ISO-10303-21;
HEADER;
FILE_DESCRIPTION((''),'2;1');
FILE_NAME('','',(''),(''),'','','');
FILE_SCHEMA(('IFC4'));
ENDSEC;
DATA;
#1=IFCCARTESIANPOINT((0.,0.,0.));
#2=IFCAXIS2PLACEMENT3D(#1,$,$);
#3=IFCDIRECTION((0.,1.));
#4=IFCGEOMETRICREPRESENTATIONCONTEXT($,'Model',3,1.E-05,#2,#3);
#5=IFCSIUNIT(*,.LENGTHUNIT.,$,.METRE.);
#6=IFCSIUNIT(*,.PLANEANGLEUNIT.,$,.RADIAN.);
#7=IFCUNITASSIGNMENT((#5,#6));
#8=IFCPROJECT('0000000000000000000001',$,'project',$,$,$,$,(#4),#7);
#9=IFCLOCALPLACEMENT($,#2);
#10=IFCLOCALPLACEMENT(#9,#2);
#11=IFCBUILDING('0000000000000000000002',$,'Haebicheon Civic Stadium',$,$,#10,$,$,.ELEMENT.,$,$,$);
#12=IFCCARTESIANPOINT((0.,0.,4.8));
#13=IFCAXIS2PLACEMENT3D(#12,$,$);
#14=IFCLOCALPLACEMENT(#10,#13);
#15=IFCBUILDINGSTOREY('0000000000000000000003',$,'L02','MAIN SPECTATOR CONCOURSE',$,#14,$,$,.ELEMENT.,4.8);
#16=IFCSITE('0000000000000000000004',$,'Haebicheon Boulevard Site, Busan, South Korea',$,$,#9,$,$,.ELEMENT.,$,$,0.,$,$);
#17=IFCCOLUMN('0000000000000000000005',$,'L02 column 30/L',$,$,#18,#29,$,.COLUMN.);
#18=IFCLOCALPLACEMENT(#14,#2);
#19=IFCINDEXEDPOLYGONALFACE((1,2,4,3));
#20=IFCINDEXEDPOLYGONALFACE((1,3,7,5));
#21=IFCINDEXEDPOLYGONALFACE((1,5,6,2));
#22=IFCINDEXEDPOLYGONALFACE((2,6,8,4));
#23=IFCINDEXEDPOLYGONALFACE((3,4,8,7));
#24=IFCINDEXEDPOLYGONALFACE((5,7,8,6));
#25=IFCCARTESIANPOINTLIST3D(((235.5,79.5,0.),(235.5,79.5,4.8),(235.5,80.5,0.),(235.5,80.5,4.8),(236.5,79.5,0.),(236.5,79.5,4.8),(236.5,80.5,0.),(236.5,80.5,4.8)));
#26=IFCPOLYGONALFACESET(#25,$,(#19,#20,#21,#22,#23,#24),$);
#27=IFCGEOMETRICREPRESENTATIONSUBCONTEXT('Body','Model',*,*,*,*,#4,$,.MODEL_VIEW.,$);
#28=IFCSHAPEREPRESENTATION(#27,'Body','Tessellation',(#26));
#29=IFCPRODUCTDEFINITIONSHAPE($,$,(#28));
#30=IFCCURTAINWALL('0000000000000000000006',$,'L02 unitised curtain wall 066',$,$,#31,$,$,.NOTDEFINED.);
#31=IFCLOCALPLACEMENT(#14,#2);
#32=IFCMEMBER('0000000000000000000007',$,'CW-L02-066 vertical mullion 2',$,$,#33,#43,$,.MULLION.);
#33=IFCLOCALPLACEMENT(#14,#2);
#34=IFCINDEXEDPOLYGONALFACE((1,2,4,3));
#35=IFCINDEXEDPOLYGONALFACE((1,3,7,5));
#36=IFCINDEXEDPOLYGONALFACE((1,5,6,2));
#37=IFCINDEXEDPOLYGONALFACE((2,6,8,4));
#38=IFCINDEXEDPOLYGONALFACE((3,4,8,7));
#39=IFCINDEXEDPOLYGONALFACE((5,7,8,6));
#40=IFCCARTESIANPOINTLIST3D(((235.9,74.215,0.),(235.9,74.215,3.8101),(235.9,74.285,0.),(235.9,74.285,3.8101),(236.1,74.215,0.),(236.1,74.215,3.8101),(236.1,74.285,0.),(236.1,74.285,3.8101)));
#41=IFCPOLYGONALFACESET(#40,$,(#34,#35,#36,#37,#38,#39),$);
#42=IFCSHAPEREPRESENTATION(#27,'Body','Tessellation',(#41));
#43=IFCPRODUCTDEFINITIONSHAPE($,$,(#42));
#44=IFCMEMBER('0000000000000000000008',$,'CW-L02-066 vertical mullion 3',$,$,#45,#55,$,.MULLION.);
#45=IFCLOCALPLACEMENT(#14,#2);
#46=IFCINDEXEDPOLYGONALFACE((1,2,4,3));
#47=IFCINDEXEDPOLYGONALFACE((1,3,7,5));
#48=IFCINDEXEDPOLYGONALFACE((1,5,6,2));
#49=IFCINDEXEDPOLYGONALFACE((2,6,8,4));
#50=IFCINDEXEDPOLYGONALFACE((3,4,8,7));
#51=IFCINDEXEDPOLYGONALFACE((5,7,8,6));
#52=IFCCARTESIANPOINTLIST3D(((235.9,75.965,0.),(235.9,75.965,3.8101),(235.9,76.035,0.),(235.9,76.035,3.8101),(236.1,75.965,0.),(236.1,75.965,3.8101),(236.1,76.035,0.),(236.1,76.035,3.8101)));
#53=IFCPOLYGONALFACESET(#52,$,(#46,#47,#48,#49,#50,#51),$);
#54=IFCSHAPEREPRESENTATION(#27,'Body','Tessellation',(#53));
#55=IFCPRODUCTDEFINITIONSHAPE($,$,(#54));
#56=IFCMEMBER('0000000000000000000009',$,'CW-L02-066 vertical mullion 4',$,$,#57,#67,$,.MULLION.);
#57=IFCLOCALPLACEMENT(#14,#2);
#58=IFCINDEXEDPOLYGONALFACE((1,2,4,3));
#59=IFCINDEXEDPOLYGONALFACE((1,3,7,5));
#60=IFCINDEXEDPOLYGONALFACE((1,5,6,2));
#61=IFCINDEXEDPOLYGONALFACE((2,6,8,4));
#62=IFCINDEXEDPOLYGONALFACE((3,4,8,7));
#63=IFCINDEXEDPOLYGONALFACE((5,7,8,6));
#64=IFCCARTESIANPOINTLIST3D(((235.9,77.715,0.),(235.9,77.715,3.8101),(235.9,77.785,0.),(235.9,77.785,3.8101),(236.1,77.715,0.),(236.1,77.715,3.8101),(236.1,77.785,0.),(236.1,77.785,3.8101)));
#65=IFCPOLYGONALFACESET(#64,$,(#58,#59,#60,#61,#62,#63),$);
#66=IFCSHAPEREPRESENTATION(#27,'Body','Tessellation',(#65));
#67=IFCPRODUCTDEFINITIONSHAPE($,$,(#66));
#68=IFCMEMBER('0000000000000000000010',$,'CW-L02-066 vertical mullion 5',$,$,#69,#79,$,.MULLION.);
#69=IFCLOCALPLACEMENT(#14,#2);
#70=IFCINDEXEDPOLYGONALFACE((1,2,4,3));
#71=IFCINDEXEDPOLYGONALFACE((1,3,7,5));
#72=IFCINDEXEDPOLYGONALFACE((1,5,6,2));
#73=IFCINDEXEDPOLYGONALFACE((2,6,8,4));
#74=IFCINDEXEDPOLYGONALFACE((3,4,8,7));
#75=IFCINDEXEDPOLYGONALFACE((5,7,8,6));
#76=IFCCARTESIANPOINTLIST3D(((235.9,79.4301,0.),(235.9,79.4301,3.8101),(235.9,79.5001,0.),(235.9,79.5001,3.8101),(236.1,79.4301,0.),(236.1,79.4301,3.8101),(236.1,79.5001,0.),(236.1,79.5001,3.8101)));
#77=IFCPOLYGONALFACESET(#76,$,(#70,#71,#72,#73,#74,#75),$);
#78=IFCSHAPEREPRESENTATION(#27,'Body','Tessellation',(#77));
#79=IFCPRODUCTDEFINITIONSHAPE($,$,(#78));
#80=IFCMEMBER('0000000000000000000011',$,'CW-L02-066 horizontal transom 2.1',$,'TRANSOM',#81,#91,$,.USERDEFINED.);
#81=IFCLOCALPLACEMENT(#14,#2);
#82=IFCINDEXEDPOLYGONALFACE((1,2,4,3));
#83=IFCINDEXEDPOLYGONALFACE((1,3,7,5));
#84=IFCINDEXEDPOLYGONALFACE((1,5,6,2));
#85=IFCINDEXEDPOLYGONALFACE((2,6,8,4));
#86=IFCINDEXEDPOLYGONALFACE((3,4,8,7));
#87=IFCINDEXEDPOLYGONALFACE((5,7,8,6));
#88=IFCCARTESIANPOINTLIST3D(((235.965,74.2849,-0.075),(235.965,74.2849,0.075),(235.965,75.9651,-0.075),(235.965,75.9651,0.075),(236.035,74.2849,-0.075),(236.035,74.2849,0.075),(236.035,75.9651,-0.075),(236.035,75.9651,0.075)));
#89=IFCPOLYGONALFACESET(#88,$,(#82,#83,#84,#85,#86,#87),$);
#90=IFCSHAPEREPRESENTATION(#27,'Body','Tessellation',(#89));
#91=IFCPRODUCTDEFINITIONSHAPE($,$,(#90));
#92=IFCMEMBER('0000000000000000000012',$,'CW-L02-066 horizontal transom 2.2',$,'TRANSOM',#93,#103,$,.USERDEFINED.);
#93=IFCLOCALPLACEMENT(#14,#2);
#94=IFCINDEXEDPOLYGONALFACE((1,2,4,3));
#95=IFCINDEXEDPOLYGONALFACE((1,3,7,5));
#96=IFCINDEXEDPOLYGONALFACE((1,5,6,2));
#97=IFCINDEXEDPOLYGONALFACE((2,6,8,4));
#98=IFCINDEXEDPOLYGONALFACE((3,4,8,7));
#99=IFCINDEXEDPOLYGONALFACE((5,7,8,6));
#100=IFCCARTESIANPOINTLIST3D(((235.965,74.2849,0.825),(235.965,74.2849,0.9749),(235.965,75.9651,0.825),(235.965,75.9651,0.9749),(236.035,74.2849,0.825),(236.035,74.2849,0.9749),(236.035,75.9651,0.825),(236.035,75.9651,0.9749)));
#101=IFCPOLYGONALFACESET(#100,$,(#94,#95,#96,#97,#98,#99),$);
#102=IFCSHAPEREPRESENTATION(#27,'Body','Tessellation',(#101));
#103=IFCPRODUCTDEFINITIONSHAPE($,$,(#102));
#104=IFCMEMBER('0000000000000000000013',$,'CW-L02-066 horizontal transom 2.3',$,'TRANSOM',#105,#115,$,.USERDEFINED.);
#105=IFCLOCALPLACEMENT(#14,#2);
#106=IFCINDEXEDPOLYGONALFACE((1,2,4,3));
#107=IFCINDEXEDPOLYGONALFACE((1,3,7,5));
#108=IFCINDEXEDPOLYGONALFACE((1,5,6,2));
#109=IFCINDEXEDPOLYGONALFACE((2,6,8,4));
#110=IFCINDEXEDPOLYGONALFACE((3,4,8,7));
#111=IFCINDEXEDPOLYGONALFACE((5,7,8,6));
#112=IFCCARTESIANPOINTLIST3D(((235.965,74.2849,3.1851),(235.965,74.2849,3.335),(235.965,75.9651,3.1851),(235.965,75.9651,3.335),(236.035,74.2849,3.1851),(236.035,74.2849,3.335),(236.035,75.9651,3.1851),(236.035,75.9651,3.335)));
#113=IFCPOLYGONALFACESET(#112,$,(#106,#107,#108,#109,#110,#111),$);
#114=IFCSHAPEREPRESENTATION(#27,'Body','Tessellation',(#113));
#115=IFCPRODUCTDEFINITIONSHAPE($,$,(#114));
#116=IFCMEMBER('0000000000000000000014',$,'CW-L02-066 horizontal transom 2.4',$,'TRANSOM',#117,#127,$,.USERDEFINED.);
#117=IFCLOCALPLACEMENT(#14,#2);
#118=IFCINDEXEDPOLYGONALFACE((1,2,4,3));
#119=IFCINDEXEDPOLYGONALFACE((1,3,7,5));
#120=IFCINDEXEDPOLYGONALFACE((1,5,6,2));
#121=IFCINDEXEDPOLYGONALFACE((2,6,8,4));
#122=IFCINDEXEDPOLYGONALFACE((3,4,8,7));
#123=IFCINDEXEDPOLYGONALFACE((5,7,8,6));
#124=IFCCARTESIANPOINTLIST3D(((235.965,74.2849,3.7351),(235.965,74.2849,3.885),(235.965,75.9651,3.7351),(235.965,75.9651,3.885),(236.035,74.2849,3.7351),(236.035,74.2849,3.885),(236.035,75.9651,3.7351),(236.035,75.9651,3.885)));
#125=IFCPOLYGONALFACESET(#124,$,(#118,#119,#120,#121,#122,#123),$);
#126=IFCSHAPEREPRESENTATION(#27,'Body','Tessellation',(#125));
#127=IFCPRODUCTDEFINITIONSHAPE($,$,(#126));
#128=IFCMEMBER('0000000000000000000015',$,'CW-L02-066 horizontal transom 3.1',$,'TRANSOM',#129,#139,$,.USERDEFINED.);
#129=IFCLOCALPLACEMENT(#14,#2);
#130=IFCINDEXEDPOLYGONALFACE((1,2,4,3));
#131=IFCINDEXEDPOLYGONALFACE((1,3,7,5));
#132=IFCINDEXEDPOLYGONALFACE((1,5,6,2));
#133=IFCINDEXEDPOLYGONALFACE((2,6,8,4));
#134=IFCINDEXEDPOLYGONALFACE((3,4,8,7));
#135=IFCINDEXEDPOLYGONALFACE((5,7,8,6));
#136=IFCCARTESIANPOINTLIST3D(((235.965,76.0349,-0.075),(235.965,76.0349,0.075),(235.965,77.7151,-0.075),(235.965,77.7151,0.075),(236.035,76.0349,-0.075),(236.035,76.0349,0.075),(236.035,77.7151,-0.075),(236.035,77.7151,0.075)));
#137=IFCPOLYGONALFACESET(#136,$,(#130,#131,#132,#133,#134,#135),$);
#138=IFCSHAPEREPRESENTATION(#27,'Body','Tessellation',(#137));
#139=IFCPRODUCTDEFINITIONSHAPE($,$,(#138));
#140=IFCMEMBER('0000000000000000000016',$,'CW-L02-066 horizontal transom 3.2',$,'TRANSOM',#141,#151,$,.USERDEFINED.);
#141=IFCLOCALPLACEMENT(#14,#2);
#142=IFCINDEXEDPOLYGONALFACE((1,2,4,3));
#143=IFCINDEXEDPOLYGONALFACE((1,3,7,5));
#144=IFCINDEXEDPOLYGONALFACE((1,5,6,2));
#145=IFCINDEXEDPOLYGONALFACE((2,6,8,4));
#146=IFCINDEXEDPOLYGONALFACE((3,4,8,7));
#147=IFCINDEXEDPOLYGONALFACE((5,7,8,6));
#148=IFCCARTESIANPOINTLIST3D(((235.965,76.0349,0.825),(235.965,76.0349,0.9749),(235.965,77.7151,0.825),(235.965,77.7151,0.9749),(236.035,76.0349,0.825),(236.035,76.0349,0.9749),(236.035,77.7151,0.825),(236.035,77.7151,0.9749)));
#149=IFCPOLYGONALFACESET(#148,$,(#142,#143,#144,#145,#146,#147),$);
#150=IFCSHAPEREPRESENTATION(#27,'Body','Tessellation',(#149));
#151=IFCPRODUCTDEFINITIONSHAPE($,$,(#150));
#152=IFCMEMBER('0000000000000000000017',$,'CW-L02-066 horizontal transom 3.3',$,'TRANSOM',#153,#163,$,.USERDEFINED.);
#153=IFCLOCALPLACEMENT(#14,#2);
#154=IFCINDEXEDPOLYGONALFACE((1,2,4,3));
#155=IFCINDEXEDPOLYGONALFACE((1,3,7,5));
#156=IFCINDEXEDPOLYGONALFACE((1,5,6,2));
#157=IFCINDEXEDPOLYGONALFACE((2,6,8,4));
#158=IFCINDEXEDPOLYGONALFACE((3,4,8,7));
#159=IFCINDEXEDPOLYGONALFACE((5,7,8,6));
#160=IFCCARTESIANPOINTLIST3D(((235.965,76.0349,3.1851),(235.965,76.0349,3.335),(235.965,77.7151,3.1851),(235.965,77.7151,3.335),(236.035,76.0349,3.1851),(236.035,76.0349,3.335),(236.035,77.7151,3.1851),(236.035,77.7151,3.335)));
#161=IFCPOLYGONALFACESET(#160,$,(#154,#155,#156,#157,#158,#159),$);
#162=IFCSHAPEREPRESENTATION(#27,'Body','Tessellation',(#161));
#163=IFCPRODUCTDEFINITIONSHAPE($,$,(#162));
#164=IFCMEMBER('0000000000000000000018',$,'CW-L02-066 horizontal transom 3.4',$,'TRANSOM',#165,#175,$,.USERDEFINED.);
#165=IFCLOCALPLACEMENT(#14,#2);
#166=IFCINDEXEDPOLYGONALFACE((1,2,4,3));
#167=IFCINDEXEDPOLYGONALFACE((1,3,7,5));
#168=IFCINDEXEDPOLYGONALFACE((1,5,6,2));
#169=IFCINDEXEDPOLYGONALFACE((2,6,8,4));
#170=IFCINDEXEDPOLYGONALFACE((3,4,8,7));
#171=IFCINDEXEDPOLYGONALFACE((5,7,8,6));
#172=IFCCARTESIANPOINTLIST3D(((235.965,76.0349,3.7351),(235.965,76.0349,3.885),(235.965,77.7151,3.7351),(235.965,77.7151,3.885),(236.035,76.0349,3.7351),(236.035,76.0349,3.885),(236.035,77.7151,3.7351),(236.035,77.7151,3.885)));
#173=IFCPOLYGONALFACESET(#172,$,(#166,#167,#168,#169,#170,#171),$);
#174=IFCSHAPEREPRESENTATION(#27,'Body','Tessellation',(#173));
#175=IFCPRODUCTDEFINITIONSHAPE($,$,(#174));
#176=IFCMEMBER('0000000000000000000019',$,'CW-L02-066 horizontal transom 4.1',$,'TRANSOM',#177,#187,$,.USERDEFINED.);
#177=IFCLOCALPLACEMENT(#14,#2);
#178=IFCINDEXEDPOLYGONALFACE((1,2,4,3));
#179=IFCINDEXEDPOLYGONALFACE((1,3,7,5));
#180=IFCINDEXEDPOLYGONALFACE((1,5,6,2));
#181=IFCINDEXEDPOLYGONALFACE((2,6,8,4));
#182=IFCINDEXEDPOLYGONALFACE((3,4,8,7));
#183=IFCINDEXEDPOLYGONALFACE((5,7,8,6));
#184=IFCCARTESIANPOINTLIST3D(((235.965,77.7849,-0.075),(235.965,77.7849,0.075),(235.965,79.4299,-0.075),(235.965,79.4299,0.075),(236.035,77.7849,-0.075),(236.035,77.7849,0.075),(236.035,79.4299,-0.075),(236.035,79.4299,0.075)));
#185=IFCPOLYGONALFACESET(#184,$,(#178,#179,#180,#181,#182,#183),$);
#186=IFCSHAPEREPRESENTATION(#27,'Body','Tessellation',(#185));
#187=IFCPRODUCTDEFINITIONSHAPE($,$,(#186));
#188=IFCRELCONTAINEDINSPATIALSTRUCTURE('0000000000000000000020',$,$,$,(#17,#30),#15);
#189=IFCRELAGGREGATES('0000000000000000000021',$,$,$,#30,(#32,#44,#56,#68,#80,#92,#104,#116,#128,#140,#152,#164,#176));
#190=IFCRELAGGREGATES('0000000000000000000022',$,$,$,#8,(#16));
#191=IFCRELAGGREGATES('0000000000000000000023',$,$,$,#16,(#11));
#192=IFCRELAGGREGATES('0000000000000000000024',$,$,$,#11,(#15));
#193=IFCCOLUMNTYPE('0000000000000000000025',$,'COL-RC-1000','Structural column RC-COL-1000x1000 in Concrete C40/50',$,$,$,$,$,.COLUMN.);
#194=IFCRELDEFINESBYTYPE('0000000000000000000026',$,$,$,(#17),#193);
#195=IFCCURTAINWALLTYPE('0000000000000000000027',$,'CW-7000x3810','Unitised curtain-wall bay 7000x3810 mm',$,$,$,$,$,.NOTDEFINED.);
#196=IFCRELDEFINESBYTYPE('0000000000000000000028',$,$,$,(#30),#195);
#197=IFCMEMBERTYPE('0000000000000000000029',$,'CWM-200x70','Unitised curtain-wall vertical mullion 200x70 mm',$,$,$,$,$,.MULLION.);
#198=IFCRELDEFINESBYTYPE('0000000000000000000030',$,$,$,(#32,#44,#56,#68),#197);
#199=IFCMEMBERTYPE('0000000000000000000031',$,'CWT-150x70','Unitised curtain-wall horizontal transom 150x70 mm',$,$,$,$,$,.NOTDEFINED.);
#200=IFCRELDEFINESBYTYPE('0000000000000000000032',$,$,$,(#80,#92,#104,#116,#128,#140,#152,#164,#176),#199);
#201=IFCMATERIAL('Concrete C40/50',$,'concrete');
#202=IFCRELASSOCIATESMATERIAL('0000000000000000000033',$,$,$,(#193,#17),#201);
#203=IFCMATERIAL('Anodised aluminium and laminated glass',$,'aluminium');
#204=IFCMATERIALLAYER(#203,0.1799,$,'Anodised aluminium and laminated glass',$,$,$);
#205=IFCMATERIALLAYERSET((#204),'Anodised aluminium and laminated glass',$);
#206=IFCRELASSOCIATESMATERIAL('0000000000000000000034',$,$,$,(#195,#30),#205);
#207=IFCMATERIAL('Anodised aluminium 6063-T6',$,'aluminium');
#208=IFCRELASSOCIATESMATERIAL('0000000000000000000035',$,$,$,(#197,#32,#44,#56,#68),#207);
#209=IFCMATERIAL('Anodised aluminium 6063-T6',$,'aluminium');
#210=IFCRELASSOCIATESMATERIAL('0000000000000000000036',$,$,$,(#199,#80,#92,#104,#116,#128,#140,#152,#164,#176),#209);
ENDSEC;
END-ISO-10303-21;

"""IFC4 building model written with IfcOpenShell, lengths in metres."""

from ifc_helpers import new_model, si_unit, direction, frame, origin, origin_2d, place, context, subcontext, project, spatial, rectangle, extrude, material, layer, layer_set, material_profile, profile_set, type_object, element, aggregate, save


model = new_model("IFC4")

# Units and contexts
model_context = context("Model", 3, precision=1e-05, world=origin(), true_north=direction((0.0, 1.0)))
body_context = subcontext(model_context, "Body", "Model", "MODEL_VIEW")
ifc_project = project(units=[si_unit("LENGTHUNIT", "METRE"), si_unit("PLANEANGLEUNIT", "RADIAN")], contexts=[model_context])

# Site, building, storey
site_placement = place(None, origin())
site = spatial("IfcSite", under=ifc_project, at=site_placement, Name="Haebicheon Boulevard Site, Busan, South Korea", CompositionType="ELEMENT", RefElevation=0.0)
building_placement = place(site_placement, origin())
building = spatial("IfcBuilding", under=site, at=building_placement, Name="Haebicheon Civic Stadium", CompositionType="ELEMENT")
storey_placement = place(building_placement, frame((0.0, 0.0, 4.8)))
storey = spatial("IfcBuildingStorey", under=building, at=storey_placement, Name="L02", Description="MAIN SPECTATOR CONCOURSE", CompositionType="ELEMENT", Elevation=4.8)

# Column
ifc_material_1 = material(Name="Concrete C40/50", Category="concrete")
ifc_material_profile_1 = material_profile(ifc_material_1, rectangle(XDim=1.0, YDim=1.0, at=origin_2d()), Name="RC-COL-1000x1000")
ifc_profile_set_1 = profile_set([ifc_material_profile_1], Name="Concrete C40/50")
column_type = type_object("IfcColumnType", Name="COL-RC-1000", Description="Structural column RC-COL-1000x1000 in Concrete C40/50", PredefinedType="COLUMN", material=ifc_profile_set_1)
column_placement = place(storey_placement, frame((236.0, 80.0, 0.0), z_axis=(0.0, 0.0, 1.0), x_axis=(1.0, 0.0, 0.0)))
element("IfcColumn", 1, at=column_placement, inside=storey, type_object=column_type, material=ifc_profile_set_1, Name="L02 column 30/L", PredefinedType="COLUMN", context=body_context, shape_type="SweptSolid", body=[
    extrude(rectangle(XDim=1.0, YDim=1.0, at=origin_2d()), origin(), (0.0, 0.0, 1.0), 4.8),
])

# Curtain wall, members
ifc_material_2 = material(Name="Anodised aluminium and laminated glass", Category="aluminium")
ifc_layer_1 = layer(ifc_material_2, 0.1799, Name="Anodised aluminium and laminated glass")
ifc_layer_set_1 = layer_set([ifc_layer_1], Name="Anodised aluminium and laminated glass")
curtain_wall_type = type_object("IfcCurtainWallType", Name="CW-7000x3810", Description="Unitised curtain-wall bay 7000x3810 mm", PredefinedType="NOTDEFINED", material=ifc_layer_set_1)
curtain_wall_placement = place(storey_placement, origin())
curtain_wall = element("IfcCurtainWall", 2, at=curtain_wall_placement, inside=storey, type_object=curtain_wall_type, material=ifc_layer_set_1, Name="L02 unitised curtain wall 066", PredefinedType="NOTDEFINED")
ifc_material_3 = material(Name="Anodised aluminium 6063-T6", Category="aluminium")
ifc_material_profile_2 = material_profile(ifc_material_3, rectangle(XDim=0.0701, YDim=0.2, at=origin_2d()), Name="ALU-MULL-70x200")
ifc_profile_set_2 = profile_set([ifc_material_profile_2], Name="Anodised aluminium 6063-T6")
member_type_1 = type_object("IfcMemberType", Name="CWM-200x70", Description="Unitised curtain-wall vertical mullion 200x70 mm", PredefinedType="MULLION", material=ifc_profile_set_2)
member_1_placement = place(storey_placement, frame((236.0, 74.25, 0.0), z_axis=(0.0, 0.0, 1.0), x_axis=(0.0, 1.0, 0.0)))
member_1 = element("IfcMember", 3, at=member_1_placement, type_object=member_type_1, material=ifc_profile_set_2, Name="CW-L02-066 vertical mullion 2", PredefinedType="MULLION", context=body_context, shape_type="SweptSolid", body=[
    extrude(rectangle(XDim=0.0701, YDim=0.2, at=origin_2d()), origin(), (0.0, 0.0, 1.0), 3.8101),
])
member_2_placement = place(storey_placement, frame((236.0, 76.0, 0.0), z_axis=(0.0, 0.0, 1.0), x_axis=(0.0, 1.0, 0.0)))
member_2 = element("IfcMember", 4, at=member_2_placement, type_object=member_type_1, material=ifc_profile_set_2, Name="CW-L02-066 vertical mullion 3", PredefinedType="MULLION", context=body_context, shape_type="SweptSolid", body=[
    extrude(rectangle(XDim=0.0701, YDim=0.2, at=origin_2d()), origin(), (0.0, 0.0, 1.0), 3.8101),
])
member_3_placement = place(storey_placement, frame((236.0, 77.75, 0.0), z_axis=(0.0, 0.0, 1.0), x_axis=(0.0, 1.0, 0.0)))
member_3 = element("IfcMember", 5, at=member_3_placement, type_object=member_type_1, material=ifc_profile_set_2, Name="CW-L02-066 vertical mullion 4", PredefinedType="MULLION", context=body_context, shape_type="SweptSolid", body=[
    extrude(rectangle(XDim=0.0701, YDim=0.2, at=origin_2d()), origin(), (0.0, 0.0, 1.0), 3.8101),
])
member_4_placement = place(storey_placement, frame((236.0, 79.4651, 0.0), z_axis=(0.0, 0.0, 1.0), x_axis=(0.0, 1.0, 0.0)))
member_4 = element("IfcMember", 6, at=member_4_placement, type_object=member_type_1, material=ifc_profile_set_2, Name="CW-L02-066 vertical mullion 5", PredefinedType="MULLION", context=body_context, shape_type="SweptSolid", body=[
    extrude(rectangle(XDim=0.0701, YDim=0.2, at=origin_2d()), origin(), (0.0, 0.0, 1.0), 3.8101),
])
ifc_material_4 = material(Name="Anodised aluminium 6063-T6", Category="aluminium")
ifc_material_profile_3 = material_profile(ifc_material_4, rectangle(XDim=0.0701, YDim=0.1499, at=origin_2d()), Name="ALU-TRAN-70x150")
ifc_profile_set_3 = profile_set([ifc_material_profile_3], Name="Anodised aluminium 6063-T6")
member_type_2 = type_object("IfcMemberType", Name="CWT-150x70", Description="Unitised curtain-wall horizontal transom 150x70 mm", PredefinedType="NOTDEFINED", material=ifc_profile_set_3)
member_5_placement = place(storey_placement, frame((236.0, 74.2849, 0.0), z_axis=(0.0, 1.0, 0.0), x_axis=(-1.0, 0.0, 0.0)))
member_5 = element("IfcMember", 7, at=member_5_placement, type_object=member_type_2, material=ifc_profile_set_3, Name="CW-L02-066 horizontal transom 2.1", ObjectType="TRANSOM", PredefinedType="USERDEFINED", context=body_context, shape_type="SweptSolid", body=[
    extrude(rectangle(XDim=0.0701, YDim=0.1499, at=origin_2d()), origin(), (0.0, 0.0, 1.0), 1.6802),
])
member_6_placement = place(storey_placement, frame((236.0, 74.2849, 0.8999), z_axis=(0.0, 1.0, 0.0), x_axis=(-1.0, 0.0, 0.0)))
member_6 = element("IfcMember", 8, at=member_6_placement, type_object=member_type_2, material=ifc_profile_set_3, Name="CW-L02-066 horizontal transom 2.2", ObjectType="TRANSOM", PredefinedType="USERDEFINED", context=body_context, shape_type="SweptSolid", body=[
    extrude(rectangle(XDim=0.0701, YDim=0.1499, at=origin_2d()), origin(), (0.0, 0.0, 1.0), 1.6802),
])
member_7_placement = place(storey_placement, frame((236.0, 74.2849, 3.26), z_axis=(0.0, 1.0, 0.0), x_axis=(-1.0, 0.0, 0.0)))
member_7 = element("IfcMember", 9, at=member_7_placement, type_object=member_type_2, material=ifc_profile_set_3, Name="CW-L02-066 horizontal transom 2.3", ObjectType="TRANSOM", PredefinedType="USERDEFINED", context=body_context, shape_type="SweptSolid", body=[
    extrude(rectangle(XDim=0.0701, YDim=0.1499, at=origin_2d()), origin(), (0.0, 0.0, 1.0), 1.6802),
])
member_8_placement = place(storey_placement, frame((236.0, 74.2849, 3.8101), z_axis=(0.0, 1.0, 0.0), x_axis=(-1.0, 0.0, 0.0)))
member_8 = element("IfcMember", 10, at=member_8_placement, type_object=member_type_2, material=ifc_profile_set_3, Name="CW-L02-066 horizontal transom 2.4", ObjectType="TRANSOM", PredefinedType="USERDEFINED", context=body_context, shape_type="SweptSolid", body=[
    extrude(rectangle(XDim=0.0701, YDim=0.1499, at=origin_2d()), origin(), (0.0, 0.0, 1.0), 1.6802),
])
member_9_placement = place(storey_placement, frame((236.0, 76.0349, 0.0), z_axis=(0.0, 1.0, 0.0), x_axis=(-1.0, 0.0, 0.0)))
member_9 = element("IfcMember", 11, at=member_9_placement, type_object=member_type_2, material=ifc_profile_set_3, Name="CW-L02-066 horizontal transom 3.1", ObjectType="TRANSOM", PredefinedType="USERDEFINED", context=body_context, shape_type="SweptSolid", body=[
    extrude(rectangle(XDim=0.0701, YDim=0.1499, at=origin_2d()), origin(), (0.0, 0.0, 1.0), 1.6802),
])
member_10_placement = place(storey_placement, frame((236.0, 76.0349, 0.8999), z_axis=(0.0, 1.0, 0.0), x_axis=(-1.0, 0.0, 0.0)))
member_10 = element("IfcMember", 12, at=member_10_placement, type_object=member_type_2, material=ifc_profile_set_3, Name="CW-L02-066 horizontal transom 3.2", ObjectType="TRANSOM", PredefinedType="USERDEFINED", context=body_context, shape_type="SweptSolid", body=[
    extrude(rectangle(XDim=0.0701, YDim=0.1499, at=origin_2d()), origin(), (0.0, 0.0, 1.0), 1.6802),
])
member_11_placement = place(storey_placement, frame((236.0, 76.0349, 3.26), z_axis=(0.0, 1.0, 0.0), x_axis=(-1.0, 0.0, 0.0)))
member_11 = element("IfcMember", 13, at=member_11_placement, type_object=member_type_2, material=ifc_profile_set_3, Name="CW-L02-066 horizontal transom 3.3", ObjectType="TRANSOM", PredefinedType="USERDEFINED", context=body_context, shape_type="SweptSolid", body=[
    extrude(rectangle(XDim=0.0701, YDim=0.1499, at=origin_2d()), origin(), (0.0, 0.0, 1.0), 1.6802),
])
member_12_placement = place(storey_placement, frame((236.0, 76.0349, 3.8101), z_axis=(0.0, 1.0, 0.0), x_axis=(-1.0, 0.0, 0.0)))
member_12 = element("IfcMember", 14, at=member_12_placement, type_object=member_type_2, material=ifc_profile_set_3, Name="CW-L02-066 horizontal transom 3.4", ObjectType="TRANSOM", PredefinedType="USERDEFINED", context=body_context, shape_type="SweptSolid", body=[
    extrude(rectangle(XDim=0.0701, YDim=0.1499, at=origin_2d()), origin(), (0.0, 0.0, 1.0), 1.6802),
])
member_13_placement = place(storey_placement, frame((236.0, 77.7849, 0.0), z_axis=(0.0, 1.0, 0.0), x_axis=(-1.0, 0.0, 0.0)))
member_13 = element("IfcMember", 15, at=member_13_placement, type_object=member_type_2, material=ifc_profile_set_3, Name="CW-L02-066 horizontal transom 4.1", ObjectType="TRANSOM", PredefinedType="USERDEFINED", context=body_context, shape_type="SweptSolid", body=[
    extrude(rectangle(XDim=0.0701, YDim=0.1499, at=origin_2d()), origin(), (0.0, 0.0, 1.0), 1.645),
])

aggregate(curtain_wall, [member_1, member_2, member_3, member_4, member_5, member_6, member_7, member_8, member_9, member_10, member_11, member_12, member_13])

save(model, "model.ifc")
